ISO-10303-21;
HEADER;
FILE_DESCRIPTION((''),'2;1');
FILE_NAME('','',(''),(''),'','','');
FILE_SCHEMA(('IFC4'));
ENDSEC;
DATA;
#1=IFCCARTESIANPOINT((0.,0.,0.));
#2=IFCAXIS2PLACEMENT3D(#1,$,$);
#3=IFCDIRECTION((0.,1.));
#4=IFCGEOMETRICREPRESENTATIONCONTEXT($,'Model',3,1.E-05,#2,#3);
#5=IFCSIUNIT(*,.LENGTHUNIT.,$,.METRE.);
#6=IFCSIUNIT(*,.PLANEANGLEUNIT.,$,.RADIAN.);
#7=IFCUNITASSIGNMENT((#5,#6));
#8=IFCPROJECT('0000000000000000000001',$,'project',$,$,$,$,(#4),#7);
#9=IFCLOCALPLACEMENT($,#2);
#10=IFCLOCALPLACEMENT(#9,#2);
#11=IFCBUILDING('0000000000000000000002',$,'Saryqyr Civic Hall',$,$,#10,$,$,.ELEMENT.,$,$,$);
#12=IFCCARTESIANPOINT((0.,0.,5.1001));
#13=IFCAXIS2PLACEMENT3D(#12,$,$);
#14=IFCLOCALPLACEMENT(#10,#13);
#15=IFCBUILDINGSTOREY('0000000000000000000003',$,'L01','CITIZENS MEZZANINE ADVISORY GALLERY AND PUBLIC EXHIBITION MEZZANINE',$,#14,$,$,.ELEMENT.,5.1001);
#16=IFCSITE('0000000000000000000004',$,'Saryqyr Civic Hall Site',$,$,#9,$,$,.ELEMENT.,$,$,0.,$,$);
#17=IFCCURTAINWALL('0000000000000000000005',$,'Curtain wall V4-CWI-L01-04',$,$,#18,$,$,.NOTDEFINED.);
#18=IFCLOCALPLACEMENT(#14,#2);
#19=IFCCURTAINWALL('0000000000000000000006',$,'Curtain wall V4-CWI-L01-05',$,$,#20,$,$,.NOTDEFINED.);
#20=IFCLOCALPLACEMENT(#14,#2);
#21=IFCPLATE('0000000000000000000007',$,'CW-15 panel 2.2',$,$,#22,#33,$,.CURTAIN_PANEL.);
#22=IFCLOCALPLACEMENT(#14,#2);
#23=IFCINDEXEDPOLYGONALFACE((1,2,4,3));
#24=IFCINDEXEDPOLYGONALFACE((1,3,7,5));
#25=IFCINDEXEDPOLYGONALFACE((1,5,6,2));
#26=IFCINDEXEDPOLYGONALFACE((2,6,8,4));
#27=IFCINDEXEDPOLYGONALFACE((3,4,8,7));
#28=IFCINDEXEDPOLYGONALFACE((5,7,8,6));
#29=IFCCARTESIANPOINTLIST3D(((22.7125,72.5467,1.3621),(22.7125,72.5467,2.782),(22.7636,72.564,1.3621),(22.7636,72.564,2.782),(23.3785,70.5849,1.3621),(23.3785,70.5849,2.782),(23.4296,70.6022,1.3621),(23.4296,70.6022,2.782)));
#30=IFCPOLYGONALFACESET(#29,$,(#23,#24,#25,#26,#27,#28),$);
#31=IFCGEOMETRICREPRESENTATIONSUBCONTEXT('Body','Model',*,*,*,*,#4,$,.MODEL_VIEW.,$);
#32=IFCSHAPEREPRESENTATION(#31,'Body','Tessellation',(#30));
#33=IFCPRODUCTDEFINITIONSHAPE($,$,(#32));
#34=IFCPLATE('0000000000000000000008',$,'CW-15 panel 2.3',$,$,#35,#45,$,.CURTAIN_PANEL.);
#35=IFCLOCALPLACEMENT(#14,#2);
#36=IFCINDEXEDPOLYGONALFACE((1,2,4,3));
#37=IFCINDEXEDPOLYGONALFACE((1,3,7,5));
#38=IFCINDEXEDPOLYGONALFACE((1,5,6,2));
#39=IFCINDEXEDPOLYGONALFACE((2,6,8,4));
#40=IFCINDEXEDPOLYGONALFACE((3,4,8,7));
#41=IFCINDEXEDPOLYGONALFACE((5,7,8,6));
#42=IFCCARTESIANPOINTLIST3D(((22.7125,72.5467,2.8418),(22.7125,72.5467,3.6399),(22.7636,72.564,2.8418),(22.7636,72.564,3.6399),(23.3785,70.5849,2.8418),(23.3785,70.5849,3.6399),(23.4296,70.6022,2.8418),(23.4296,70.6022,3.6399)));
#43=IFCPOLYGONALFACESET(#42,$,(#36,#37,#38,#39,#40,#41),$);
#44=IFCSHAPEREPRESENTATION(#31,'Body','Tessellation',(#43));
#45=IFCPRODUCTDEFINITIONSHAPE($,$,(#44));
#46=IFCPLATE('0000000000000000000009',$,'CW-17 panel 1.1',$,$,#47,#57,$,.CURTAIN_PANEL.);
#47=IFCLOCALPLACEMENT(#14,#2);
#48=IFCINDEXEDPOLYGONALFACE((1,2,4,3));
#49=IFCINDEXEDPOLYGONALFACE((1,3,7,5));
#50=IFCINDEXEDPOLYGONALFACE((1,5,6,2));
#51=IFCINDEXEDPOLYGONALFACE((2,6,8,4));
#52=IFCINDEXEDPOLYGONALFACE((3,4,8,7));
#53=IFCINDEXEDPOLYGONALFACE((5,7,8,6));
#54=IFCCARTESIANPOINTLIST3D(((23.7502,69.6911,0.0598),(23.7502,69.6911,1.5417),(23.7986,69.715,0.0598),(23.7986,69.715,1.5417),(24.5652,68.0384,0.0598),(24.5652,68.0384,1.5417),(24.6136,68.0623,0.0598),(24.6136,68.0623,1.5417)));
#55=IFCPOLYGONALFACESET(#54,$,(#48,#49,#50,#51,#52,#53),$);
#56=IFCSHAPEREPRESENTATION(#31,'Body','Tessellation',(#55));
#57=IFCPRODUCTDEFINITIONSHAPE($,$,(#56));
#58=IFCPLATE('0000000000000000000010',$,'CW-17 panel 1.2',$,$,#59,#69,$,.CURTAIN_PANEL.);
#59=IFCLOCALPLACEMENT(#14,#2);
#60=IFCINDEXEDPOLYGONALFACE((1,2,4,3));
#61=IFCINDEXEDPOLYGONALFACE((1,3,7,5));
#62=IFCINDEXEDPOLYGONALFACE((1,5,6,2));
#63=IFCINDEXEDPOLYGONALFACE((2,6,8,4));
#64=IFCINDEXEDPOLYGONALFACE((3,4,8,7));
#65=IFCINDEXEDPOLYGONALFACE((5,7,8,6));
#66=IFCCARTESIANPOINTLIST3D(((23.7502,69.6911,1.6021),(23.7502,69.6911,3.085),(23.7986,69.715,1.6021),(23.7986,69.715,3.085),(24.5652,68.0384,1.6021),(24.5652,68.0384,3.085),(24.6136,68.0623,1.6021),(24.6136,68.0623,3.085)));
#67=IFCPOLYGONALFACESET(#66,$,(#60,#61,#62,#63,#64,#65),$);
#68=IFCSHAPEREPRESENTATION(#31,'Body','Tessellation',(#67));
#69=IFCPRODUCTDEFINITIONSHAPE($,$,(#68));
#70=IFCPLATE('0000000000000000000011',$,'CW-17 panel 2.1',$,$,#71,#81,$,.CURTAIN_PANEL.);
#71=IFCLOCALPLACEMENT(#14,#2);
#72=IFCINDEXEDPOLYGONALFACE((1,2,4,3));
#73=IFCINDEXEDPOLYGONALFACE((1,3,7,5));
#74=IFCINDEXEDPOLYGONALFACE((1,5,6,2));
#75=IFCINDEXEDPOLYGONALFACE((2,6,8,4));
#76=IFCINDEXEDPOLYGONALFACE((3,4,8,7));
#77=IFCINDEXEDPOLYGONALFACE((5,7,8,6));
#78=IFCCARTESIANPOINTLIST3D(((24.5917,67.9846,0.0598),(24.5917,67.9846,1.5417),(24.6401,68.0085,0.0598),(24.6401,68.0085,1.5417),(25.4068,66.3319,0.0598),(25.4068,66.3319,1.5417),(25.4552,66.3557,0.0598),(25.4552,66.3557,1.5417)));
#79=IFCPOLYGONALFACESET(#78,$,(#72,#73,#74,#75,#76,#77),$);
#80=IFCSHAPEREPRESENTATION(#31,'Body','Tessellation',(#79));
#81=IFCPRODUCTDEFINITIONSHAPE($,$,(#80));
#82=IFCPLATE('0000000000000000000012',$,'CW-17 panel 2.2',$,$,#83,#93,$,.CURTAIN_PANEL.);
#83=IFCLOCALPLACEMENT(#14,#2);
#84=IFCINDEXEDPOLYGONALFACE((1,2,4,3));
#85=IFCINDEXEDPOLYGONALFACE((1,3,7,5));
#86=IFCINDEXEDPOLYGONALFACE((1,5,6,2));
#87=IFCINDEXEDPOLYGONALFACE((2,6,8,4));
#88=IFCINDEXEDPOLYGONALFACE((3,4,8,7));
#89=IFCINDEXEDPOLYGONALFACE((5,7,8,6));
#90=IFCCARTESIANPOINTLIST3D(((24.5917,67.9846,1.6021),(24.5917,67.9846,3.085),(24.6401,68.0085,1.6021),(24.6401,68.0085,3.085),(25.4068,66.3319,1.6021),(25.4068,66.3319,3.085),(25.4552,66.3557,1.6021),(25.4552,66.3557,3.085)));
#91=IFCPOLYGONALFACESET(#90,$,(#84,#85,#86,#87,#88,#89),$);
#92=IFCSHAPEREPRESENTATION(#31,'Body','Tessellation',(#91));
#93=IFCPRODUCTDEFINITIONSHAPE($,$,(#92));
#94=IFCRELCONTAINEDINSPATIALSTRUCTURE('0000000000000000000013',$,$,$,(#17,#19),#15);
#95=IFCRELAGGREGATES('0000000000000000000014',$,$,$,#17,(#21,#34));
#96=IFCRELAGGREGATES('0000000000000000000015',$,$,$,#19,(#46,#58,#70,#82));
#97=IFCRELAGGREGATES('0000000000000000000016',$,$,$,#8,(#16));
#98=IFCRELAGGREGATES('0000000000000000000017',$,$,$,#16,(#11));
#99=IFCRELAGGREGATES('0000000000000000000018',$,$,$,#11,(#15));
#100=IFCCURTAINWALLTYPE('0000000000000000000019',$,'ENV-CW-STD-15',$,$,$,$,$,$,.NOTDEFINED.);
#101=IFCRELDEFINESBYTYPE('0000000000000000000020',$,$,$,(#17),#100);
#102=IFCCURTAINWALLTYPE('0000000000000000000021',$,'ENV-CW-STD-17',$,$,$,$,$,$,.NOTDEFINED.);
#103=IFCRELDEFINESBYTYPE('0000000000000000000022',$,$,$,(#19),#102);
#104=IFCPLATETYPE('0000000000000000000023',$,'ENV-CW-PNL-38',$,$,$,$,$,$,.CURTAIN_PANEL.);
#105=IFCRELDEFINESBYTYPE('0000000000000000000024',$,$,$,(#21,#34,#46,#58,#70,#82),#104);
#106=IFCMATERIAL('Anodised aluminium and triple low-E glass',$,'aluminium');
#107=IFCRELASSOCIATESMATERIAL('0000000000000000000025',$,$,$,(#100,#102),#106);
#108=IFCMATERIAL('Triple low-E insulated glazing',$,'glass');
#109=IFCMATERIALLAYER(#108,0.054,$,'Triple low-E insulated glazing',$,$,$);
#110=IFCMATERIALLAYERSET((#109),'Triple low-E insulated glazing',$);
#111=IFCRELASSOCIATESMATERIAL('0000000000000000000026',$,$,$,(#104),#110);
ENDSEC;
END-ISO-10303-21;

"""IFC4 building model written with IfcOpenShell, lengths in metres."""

from ifc_helpers import new_model, si_unit, direction, frame, origin, origin_2d, place, context, subcontext, project, spatial, rectangle, extrude, material, layer, layer_set, type_object, element, aggregate, save


model = new_model("IFC4")

# Units and contexts
model_context = context("Model", 3, precision=1e-05, world=origin(), true_north=direction((0.0, 1.0)))
body_context = subcontext(model_context, "Body", "Model", "MODEL_VIEW")
ifc_project = project(units=[si_unit("LENGTHUNIT", "METRE"), si_unit("PLANEANGLEUNIT", "RADIAN")], contexts=[model_context])

# Site, building, storey
site_placement = place(None, origin())
site = spatial("IfcSite", under=ifc_project, at=site_placement, Name="Saryqyr Civic Hall Site", CompositionType="ELEMENT", RefElevation=0.0)
building_placement = place(site_placement, origin())
building = spatial("IfcBuilding", under=site, at=building_placement, Name="Saryqyr Civic Hall", CompositionType="ELEMENT")
storey_placement = place(building_placement, frame((0.0, 0.0, 5.1001)))
storey = spatial("IfcBuildingStorey", under=building, at=storey_placement, Name="L01", Description="CITIZENS MEZZANINE ADVISORY GALLERY AND PUBLIC EXHIBITION MEZZANINE", CompositionType="ELEMENT", Elevation=5.1001)

# Curtain walls
ifc_material_1 = material(Name="Anodised aluminium and triple low-E glass", Category="aluminium")
curtain_wall_type_1 = type_object("IfcCurtainWallType", Name="ENV-CW-STD-15", PredefinedType="NOTDEFINED", material=ifc_material_1)
curtain_wall_1_placement = place(storey_placement, origin())
curtain_wall_1 = element("IfcCurtainWall", 1, at=curtain_wall_1_placement, inside=storey, type_object=curtain_wall_type_1, Name="Curtain wall V4-CWI-L01-04", PredefinedType="NOTDEFINED")
curtain_wall_type_2 = type_object("IfcCurtainWallType", Name="ENV-CW-STD-17", PredefinedType="NOTDEFINED", material=ifc_material_1)
curtain_wall_2_placement = place(storey_placement, origin())
curtain_wall_2 = element("IfcCurtainWall", 2, at=curtain_wall_2_placement, inside=storey, type_object=curtain_wall_type_2, Name="Curtain wall V4-CWI-L01-05", PredefinedType="NOTDEFINED")

# Plates
ifc_material_2 = material(Name="Triple low-E insulated glazing", Category="glass")
ifc_layer = layer(ifc_material_2, 0.054, Name="Triple low-E insulated glazing")
ifc_layer_set = layer_set([ifc_layer], Name="Triple low-E insulated glazing")
plate_type = type_object("IfcPlateType", Name="ENV-CW-PNL-38", PredefinedType="CURTAIN_PANEL", material=ifc_layer_set)
plate_1_placement = place(storey_placement, frame((23.071, 71.5745, 1.3621), z_axis=(0.0, 0.0, 1.0), x_axis=(0.321441, -0.94693, 0.0)))
plate_1 = element("IfcPlate", 3, at=plate_1_placement, type_object=plate_type, Name="CW-15 panel 2.2", PredefinedType="CURTAIN_PANEL", context=body_context, shape_type="SweptSolid", body=[
    extrude(rectangle(XDim=2.0718, YDim=0.054, at=origin_2d()), origin(), (0.0, 0.0, 1.0), 1.4199),
])
plate_2_placement = place(storey_placement, frame((23.071, 71.5745, 2.8418), z_axis=(0.0, 0.0, 1.0), x_axis=(0.321441, -0.94693, 0.0)))
plate_2 = element("IfcPlate", 4, at=plate_2_placement, type_object=plate_type, Name="CW-15 panel 2.3", PredefinedType="CURTAIN_PANEL", context=body_context, shape_type="SweptSolid", body=[
    extrude(rectangle(XDim=2.0718, YDim=0.054, at=origin_2d()), origin(), (0.0, 0.0, 1.0), 0.7981),
])
aggregate(curtain_wall_1, [plate_1, plate_2])
plate_3_placement = place(storey_placement, frame((24.1819, 68.8767, 0.0598), z_axis=(0.0, 0.0, 1.0), x_axis=(0.442292, -0.896871, 0.0)))
plate_3 = element("IfcPlate", 5, at=plate_3_placement, type_object=plate_type, Name="CW-17 panel 1.1", PredefinedType="CURTAIN_PANEL", context=body_context, shape_type="SweptSolid", body=[
    extrude(rectangle(XDim=1.8428, YDim=0.054, at=origin_2d()), origin(), (0.0, 0.0, 1.0), 1.4819),
])
plate_4_placement = place(storey_placement, frame((24.1819, 68.8767, 1.6021), z_axis=(0.0, 0.0, 1.0), x_axis=(0.442292, -0.896871, 0.0)))
plate_4 = element("IfcPlate", 6, at=plate_4_placement, type_object=plate_type, Name="CW-17 panel 1.2", PredefinedType="CURTAIN_PANEL", context=body_context, shape_type="SweptSolid", body=[
    extrude(rectangle(XDim=1.8428, YDim=0.054, at=origin_2d()), origin(), (0.0, 0.0, 1.0), 1.4829),
])
plate_5_placement = place(storey_placement, frame((25.0234, 67.1702, 0.0598), z_axis=(0.0, 0.0, 1.0), x_axis=(0.442292, -0.896871, 0.0)))
plate_5 = element("IfcPlate", 7, at=plate_5_placement, type_object=plate_type, Name="CW-17 panel 2.1", PredefinedType="CURTAIN_PANEL", context=body_context, shape_type="SweptSolid", body=[
    extrude(rectangle(XDim=1.8428, YDim=0.054, at=origin_2d()), origin(), (0.0, 0.0, 1.0), 1.4819),
])
plate_6_placement = place(storey_placement, frame((25.0234, 67.1702, 1.6021), z_axis=(0.0, 0.0, 1.0), x_axis=(0.442292, -0.896871, 0.0)))
plate_6 = element("IfcPlate", 8, at=plate_6_placement, type_object=plate_type, Name="CW-17 panel 2.2", PredefinedType="CURTAIN_PANEL", context=body_context, shape_type="SweptSolid", body=[
    extrude(rectangle(XDim=1.8428, YDim=0.054, at=origin_2d()), origin(), (0.0, 0.0, 1.0), 1.4829),
])
aggregate(curtain_wall_2, [plate_3, plate_4, plate_5, plate_6])

save(model, "model.ifc")
